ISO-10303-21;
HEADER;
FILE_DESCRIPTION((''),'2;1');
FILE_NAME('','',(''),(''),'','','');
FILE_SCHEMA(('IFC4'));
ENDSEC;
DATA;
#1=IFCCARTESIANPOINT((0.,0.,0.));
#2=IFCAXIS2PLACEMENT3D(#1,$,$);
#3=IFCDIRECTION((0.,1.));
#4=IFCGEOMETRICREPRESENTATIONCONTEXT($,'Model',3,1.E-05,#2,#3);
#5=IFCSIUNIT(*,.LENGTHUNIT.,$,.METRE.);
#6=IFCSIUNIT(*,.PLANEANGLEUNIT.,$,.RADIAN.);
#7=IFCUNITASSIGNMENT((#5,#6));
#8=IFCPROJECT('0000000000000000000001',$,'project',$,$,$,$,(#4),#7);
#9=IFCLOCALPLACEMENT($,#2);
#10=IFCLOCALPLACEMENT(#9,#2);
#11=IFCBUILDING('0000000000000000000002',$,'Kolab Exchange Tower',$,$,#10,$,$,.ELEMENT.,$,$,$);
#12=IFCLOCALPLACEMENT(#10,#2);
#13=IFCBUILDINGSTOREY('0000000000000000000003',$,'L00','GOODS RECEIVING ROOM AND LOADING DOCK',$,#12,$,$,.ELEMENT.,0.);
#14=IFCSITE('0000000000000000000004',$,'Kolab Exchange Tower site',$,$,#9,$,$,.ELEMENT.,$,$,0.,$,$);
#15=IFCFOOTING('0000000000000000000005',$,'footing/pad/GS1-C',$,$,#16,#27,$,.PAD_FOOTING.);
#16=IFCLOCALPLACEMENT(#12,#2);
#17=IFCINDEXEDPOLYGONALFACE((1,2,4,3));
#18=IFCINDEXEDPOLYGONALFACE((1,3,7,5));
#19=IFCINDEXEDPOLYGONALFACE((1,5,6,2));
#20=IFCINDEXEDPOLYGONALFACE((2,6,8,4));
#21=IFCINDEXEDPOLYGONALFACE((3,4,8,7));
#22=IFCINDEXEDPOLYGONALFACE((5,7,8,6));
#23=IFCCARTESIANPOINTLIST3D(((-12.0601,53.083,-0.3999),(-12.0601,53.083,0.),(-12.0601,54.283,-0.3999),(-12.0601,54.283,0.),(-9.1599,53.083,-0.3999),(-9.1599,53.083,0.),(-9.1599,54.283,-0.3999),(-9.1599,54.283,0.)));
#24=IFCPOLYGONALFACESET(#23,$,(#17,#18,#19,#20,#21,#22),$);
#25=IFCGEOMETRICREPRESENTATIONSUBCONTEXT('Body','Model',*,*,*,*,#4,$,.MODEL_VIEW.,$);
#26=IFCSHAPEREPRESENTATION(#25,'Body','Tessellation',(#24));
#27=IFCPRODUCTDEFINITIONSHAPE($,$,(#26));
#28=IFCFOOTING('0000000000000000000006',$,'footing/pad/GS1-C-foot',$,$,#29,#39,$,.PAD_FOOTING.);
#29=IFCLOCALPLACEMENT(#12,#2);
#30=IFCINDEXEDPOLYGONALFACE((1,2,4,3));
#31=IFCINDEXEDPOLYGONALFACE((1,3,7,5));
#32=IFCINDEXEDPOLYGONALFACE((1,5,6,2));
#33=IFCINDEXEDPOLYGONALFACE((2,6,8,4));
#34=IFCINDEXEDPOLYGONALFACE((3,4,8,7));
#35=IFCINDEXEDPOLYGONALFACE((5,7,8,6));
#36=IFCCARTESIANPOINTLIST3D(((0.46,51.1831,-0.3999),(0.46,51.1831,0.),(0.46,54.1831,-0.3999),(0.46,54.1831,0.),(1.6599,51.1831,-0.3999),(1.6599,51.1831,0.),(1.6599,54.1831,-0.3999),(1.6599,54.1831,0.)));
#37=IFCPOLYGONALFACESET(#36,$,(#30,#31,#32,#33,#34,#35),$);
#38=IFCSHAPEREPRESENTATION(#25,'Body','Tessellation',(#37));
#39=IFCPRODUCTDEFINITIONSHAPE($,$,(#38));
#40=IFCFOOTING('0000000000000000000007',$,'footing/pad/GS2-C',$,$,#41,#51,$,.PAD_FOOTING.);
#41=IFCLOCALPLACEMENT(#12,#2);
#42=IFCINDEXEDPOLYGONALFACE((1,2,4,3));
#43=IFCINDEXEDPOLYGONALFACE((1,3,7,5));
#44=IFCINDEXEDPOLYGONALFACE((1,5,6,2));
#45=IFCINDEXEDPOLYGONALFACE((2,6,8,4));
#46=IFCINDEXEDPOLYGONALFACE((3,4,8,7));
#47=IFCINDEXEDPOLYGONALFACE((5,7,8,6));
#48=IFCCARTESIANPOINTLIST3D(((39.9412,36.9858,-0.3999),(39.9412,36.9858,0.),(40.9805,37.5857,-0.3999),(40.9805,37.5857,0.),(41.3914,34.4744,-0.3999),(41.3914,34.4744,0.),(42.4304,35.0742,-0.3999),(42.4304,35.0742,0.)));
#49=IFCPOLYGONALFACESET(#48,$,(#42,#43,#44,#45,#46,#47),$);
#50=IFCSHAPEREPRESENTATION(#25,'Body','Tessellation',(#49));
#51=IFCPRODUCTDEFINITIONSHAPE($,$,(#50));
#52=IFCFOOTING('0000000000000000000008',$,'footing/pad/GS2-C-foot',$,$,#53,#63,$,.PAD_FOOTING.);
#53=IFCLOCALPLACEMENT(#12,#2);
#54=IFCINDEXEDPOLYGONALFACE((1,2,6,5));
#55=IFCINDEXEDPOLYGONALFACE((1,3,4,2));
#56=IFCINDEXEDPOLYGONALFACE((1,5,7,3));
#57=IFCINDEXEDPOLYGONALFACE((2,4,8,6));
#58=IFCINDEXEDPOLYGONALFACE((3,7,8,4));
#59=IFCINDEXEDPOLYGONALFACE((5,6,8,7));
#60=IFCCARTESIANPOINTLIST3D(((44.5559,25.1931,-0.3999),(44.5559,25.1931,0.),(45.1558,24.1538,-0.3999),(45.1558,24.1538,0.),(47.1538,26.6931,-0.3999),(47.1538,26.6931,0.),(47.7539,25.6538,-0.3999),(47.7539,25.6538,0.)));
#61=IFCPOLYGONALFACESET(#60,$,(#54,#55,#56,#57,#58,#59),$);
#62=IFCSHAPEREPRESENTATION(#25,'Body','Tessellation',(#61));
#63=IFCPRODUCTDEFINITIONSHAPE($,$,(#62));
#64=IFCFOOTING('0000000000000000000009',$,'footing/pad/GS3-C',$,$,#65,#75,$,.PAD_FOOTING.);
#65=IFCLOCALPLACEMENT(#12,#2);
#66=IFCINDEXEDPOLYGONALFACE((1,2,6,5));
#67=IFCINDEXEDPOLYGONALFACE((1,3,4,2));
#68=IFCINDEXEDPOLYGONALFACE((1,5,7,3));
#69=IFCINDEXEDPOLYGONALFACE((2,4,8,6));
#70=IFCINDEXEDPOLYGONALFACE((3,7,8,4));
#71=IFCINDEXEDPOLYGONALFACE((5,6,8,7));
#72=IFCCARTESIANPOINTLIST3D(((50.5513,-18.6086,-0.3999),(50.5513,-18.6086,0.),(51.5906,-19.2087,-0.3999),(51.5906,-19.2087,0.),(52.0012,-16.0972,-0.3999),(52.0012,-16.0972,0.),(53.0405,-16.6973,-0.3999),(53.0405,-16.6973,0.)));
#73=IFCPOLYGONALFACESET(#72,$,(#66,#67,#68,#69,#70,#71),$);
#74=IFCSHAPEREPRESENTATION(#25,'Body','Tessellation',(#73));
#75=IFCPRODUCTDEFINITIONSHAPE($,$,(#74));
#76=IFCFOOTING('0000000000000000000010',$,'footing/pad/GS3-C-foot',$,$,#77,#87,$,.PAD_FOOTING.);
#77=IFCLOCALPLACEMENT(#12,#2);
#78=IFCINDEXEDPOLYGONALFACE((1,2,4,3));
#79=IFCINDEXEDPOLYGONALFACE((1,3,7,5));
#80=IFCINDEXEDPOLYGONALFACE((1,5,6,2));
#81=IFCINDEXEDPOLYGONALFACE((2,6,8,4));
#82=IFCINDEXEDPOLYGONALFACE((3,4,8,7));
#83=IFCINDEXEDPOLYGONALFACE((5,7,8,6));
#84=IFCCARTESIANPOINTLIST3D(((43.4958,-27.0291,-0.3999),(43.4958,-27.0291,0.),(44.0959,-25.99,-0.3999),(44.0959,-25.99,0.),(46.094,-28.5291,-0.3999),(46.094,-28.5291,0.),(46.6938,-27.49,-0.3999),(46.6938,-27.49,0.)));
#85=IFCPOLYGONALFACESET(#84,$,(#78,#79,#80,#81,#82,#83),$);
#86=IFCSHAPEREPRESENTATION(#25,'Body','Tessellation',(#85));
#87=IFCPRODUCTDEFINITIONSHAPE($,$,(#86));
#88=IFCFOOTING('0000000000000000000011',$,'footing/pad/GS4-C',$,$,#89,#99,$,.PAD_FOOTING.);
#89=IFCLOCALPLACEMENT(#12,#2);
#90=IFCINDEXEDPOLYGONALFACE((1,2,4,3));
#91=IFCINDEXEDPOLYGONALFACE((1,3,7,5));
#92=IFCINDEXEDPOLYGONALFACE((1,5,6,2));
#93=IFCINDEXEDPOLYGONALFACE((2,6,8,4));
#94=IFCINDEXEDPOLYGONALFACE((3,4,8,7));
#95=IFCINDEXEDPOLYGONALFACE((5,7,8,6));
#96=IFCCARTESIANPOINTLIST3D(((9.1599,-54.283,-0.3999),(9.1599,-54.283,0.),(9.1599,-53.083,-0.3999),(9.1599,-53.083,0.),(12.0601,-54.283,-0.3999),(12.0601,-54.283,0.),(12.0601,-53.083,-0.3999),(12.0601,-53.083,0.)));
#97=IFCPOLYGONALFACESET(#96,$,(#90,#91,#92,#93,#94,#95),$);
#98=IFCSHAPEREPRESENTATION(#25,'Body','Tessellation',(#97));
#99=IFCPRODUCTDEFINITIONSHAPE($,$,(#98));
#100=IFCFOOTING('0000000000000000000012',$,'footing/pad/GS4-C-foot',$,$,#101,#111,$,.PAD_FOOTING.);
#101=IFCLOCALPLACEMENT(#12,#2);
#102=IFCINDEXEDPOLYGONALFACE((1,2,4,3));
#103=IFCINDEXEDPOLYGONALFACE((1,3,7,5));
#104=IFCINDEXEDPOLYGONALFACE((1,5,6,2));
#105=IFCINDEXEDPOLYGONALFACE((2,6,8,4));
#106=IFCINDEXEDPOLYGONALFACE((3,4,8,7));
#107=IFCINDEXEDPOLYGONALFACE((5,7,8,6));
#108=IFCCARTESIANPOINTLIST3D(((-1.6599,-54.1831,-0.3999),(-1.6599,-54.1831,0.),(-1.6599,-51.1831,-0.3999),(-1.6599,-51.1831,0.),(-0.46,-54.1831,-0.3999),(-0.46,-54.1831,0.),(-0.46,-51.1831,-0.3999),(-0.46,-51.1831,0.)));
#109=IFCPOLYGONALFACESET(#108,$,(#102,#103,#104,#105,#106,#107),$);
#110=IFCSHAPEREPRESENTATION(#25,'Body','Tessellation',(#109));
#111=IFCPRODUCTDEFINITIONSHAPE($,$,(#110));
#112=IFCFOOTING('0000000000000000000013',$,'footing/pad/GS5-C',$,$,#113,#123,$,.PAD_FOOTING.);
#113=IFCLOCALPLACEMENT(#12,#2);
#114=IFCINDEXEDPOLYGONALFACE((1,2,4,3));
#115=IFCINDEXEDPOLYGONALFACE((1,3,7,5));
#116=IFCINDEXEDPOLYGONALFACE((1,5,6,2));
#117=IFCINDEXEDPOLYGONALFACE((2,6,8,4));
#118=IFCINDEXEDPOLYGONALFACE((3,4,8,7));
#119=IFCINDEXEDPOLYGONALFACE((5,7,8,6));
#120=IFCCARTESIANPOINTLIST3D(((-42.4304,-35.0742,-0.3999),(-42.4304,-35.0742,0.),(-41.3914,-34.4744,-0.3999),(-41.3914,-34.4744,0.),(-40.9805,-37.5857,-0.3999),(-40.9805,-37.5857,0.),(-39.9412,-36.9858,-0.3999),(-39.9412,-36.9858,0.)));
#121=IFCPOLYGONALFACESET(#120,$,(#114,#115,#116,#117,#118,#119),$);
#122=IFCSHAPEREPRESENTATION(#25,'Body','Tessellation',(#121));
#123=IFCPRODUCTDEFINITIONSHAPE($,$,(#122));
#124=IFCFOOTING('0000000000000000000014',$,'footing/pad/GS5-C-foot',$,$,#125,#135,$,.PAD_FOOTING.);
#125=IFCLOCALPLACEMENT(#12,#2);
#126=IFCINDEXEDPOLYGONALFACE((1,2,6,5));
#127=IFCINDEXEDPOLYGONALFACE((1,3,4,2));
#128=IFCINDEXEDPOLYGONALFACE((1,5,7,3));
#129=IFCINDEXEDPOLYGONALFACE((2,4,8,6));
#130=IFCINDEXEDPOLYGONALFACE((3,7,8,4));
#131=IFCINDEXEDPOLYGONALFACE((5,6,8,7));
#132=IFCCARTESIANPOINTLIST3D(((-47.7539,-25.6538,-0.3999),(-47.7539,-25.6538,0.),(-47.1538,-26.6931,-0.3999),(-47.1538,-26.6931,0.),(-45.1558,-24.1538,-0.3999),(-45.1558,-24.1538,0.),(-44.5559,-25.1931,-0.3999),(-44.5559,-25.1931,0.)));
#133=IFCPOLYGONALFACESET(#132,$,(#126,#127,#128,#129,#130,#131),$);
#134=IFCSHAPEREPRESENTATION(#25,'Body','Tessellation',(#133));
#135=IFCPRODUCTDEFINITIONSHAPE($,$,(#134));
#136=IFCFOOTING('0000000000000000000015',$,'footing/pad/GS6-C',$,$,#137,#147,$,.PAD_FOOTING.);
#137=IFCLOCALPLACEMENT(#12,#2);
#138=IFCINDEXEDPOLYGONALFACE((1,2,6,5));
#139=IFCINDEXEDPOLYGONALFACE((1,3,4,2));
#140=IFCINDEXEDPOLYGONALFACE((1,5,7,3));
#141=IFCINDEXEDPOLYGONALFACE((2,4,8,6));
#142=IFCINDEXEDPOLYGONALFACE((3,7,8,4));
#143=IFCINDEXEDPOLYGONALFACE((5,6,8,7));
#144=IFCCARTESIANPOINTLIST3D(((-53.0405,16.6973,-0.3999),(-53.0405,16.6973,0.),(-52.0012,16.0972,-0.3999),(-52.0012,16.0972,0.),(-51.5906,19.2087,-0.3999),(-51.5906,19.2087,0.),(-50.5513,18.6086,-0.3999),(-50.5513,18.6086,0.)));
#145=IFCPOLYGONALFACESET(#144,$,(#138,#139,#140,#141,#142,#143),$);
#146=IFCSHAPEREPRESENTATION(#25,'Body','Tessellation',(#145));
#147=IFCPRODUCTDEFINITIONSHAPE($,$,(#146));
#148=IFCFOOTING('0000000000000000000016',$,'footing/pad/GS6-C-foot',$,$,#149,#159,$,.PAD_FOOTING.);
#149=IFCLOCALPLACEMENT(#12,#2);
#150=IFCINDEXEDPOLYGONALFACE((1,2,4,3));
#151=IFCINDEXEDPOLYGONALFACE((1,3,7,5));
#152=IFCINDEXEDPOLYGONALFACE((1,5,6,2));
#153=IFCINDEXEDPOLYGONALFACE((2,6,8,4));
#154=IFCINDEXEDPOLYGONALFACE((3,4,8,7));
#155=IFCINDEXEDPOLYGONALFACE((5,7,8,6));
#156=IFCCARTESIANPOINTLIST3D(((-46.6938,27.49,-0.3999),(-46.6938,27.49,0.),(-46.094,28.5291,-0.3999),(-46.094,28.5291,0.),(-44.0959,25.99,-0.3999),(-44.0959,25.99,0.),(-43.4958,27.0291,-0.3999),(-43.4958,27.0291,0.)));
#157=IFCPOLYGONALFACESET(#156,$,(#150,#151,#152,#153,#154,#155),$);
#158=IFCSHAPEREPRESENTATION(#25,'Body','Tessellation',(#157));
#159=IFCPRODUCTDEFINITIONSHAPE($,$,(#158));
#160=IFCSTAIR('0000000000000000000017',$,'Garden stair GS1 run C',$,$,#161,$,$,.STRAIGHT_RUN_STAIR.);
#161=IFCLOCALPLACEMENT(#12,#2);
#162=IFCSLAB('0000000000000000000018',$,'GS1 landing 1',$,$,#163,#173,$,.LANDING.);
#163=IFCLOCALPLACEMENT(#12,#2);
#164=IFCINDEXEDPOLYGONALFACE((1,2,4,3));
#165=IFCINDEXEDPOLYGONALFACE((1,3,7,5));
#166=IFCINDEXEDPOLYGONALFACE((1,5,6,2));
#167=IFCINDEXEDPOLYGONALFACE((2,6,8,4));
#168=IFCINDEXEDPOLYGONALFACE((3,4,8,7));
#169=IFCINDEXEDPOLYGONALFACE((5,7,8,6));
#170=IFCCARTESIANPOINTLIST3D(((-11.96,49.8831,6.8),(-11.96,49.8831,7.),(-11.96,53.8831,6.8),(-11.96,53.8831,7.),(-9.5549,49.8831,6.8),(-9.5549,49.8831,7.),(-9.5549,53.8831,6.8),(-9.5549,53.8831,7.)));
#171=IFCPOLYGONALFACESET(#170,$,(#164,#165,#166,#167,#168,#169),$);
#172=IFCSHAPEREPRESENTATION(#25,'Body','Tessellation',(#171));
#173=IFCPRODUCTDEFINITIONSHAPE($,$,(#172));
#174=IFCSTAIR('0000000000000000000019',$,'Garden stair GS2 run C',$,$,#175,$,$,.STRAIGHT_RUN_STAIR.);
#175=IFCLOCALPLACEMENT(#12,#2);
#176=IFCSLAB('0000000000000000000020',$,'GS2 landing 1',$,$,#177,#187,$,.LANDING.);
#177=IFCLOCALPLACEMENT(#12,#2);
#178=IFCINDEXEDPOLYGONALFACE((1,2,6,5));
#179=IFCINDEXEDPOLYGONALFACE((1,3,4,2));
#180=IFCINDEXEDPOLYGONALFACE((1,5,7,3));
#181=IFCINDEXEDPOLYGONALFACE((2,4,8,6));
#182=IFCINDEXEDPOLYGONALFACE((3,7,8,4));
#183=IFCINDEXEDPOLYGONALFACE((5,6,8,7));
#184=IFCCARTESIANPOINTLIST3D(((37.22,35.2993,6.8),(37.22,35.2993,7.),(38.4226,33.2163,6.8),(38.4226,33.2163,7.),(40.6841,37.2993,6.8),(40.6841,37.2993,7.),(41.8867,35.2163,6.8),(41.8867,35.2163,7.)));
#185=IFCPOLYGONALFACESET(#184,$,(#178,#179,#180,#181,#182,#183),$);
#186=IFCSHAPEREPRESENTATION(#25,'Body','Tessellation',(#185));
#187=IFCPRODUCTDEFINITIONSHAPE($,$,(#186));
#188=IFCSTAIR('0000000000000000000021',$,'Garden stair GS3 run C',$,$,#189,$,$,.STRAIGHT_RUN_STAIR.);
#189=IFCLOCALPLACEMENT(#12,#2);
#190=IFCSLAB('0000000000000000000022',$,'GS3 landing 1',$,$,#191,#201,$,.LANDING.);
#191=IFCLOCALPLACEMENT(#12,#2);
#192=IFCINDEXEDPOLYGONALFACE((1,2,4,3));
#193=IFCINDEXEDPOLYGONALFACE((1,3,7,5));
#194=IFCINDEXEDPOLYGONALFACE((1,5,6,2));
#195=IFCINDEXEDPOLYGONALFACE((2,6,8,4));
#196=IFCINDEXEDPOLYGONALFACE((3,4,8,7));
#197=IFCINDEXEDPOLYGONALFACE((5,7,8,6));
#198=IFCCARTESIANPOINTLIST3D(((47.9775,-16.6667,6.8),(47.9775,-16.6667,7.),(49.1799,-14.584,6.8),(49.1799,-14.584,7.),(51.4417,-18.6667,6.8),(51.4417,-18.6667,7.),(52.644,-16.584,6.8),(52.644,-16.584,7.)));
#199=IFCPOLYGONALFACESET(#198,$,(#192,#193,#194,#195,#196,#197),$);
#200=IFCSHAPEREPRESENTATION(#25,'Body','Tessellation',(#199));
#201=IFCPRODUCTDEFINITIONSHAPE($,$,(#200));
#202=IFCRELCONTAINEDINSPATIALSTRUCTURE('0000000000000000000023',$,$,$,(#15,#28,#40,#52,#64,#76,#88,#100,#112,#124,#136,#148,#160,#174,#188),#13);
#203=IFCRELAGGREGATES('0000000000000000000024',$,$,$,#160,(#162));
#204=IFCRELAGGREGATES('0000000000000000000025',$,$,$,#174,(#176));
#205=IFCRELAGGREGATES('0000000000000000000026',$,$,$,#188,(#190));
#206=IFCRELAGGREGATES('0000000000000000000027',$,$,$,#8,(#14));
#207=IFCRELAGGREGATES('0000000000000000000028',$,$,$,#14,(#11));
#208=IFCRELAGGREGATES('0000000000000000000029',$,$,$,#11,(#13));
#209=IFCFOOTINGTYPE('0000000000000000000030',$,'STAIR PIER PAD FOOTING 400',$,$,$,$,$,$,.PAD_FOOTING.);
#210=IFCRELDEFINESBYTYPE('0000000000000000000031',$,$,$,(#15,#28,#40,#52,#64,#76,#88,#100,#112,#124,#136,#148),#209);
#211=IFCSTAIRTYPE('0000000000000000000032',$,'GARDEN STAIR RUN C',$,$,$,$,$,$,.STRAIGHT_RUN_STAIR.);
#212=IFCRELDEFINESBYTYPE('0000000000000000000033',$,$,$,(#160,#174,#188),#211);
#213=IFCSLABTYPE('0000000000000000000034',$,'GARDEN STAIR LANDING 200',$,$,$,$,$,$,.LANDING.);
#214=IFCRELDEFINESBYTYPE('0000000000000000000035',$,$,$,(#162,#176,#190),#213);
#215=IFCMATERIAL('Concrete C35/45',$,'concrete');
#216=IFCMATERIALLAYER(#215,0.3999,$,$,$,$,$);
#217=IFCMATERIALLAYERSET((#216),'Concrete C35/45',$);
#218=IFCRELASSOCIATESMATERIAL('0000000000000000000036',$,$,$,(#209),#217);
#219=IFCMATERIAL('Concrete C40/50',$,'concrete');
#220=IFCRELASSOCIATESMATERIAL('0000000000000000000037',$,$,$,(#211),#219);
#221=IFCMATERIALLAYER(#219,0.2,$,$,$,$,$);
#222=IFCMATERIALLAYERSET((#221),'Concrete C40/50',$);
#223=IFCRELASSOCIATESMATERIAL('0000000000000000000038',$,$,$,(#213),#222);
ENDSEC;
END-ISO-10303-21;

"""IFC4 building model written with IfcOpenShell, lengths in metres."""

from ifc_helpers import new_model, si_unit, direction, frame, origin, place, context, subcontext, project, spatial, polyline, outline, extrude, material, layer, layer_set, type_object, element, aggregate, save


model = new_model("IFC4")

# Units and contexts
model_context = context("Model", 3, precision=1e-05, world=origin(), true_north=direction((0.0, 1.0)))
body_context = subcontext(model_context, "Body", "Model", "MODEL_VIEW")
ifc_project = project(units=[si_unit("LENGTHUNIT", "METRE"), si_unit("PLANEANGLEUNIT", "RADIAN")], contexts=[model_context])

# Site, building, storey
site_placement = place(None, origin())
site = spatial("IfcSite", under=ifc_project, at=site_placement, Name="Kolab Exchange Tower site", CompositionType="ELEMENT", RefElevation=0.0)
building_placement = place(site_placement, origin())
building = spatial("IfcBuilding", under=site, at=building_placement, Name="Kolab Exchange Tower", CompositionType="ELEMENT")
storey_placement = place(building_placement, origin())
storey = spatial("IfcBuildingStorey", under=building, at=storey_placement, Name="L00", Description="GOODS RECEIVING ROOM AND LOADING DOCK", CompositionType="ELEMENT", Elevation=0.0)

# Footings
ifc_material_1 = material(Name="Concrete C35/45", Category="concrete")
ifc_layer_1 = layer(ifc_material_1, 0.3999)
ifc_layer_set_1 = layer_set([ifc_layer_1], Name="Concrete C35/45")
footing_type = type_object("IfcFootingType", Name="STAIR PIER PAD FOOTING 400", PredefinedType="PAD_FOOTING", material=ifc_layer_set_1)
footing_1_placement = place(storey_placement, frame((0.0, 0.0, -0.3999)))
element("IfcFooting", 1, at=footing_1_placement, inside=storey, type_object=footing_type, Name="footing/pad/GS1-C", PredefinedType="PAD_FOOTING", context=body_context, shape_type="SweptSolid", body=[
    extrude(outline(polyline([(-12.0601, 54.283), (-12.0601, 53.083), (-9.1599, 53.083), (-9.1599, 54.283), (-12.0601, 54.283)])), origin(), (0.0, 0.0, 1.0), 0.3999),
])
footing_2_placement = place(storey_placement, frame((0.0, 0.0, -0.3999)))
element("IfcFooting", 2, at=footing_2_placement, inside=storey, type_object=footing_type, Name="footing/pad/GS1-C-foot", PredefinedType="PAD_FOOTING", context=body_context, shape_type="SweptSolid", body=[
    extrude(outline(polyline([(0.46, 51.1831), (1.6599, 51.1831), (1.6599, 54.1831), (0.46, 54.1831), (0.46, 51.1831)])), origin(), (0.0, 0.0, 1.0), 0.3999),
])
footing_3_placement = place(storey_placement, frame((0.0, 0.0, -0.3999)))
element("IfcFooting", 3, at=footing_3_placement, inside=storey, type_object=footing_type, Name="footing/pad/GS2-C", PredefinedType="PAD_FOOTING", context=body_context, shape_type="SweptSolid", body=[
    extrude(outline(polyline([(40.9805, 37.5857), (39.9412, 36.9858), (41.3914, 34.4744), (42.4304, 35.0742), (40.9805, 37.5857)])), origin(), (0.0, 0.0, 1.0), 0.3999),
])
footing_4_placement = place(storey_placement, frame((0.0, 0.0, -0.3999)))
element("IfcFooting", 4, at=footing_4_placement, inside=storey, type_object=footing_type, Name="footing/pad/GS2-C-foot", PredefinedType="PAD_FOOTING", context=body_context, shape_type="SweptSolid", body=[
    extrude(outline(polyline([(44.5559, 25.1931), (45.1558, 24.1538), (47.7539, 25.6538), (47.1538, 26.6931), (44.5559, 25.1931)])), origin(), (0.0, 0.0, 1.0), 0.3999),
])
footing_5_placement = place(storey_placement, frame((0.0, 0.0, -0.3999)))
element("IfcFooting", 5, at=footing_5_placement, inside=storey, type_object=footing_type, Name="footing/pad/GS3-C", PredefinedType="PAD_FOOTING", context=body_context, shape_type="SweptSolid", body=[
    extrude(outline(polyline([(53.0405, -16.6973), (52.0012, -16.0972), (50.5513, -18.6086), (51.5906, -19.2087), (53.0405, -16.6973)])), origin(), (0.0, 0.0, 1.0), 0.3999),
])
footing_6_placement = place(storey_placement, frame((0.0, 0.0, -0.3999)))
element("IfcFooting", 6, at=footing_6_placement, inside=storey, type_object=footing_type, Name="footing/pad/GS3-C-foot", PredefinedType="PAD_FOOTING", context=body_context, shape_type="SweptSolid", body=[
    extrude(outline(polyline([(44.0959, -25.99), (43.4958, -27.0291), (46.094, -28.5291), (46.6938, -27.49), (44.0959, -25.99)])), origin(), (0.0, 0.0, 1.0), 0.3999),
])
footing_7_placement = place(storey_placement, frame((0.0, 0.0, -0.3999)))
element("IfcFooting", 7, at=footing_7_placement, inside=storey, type_object=footing_type, Name="footing/pad/GS4-C", PredefinedType="PAD_FOOTING", context=body_context, shape_type="SweptSolid", body=[
    extrude(outline(polyline([(12.0601, -54.283), (12.0601, -53.083), (9.1599, -53.083), (9.1599, -54.283), (12.0601, -54.283)])), origin(), (0.0, 0.0, 1.0), 0.3999),
])
footing_8_placement = place(storey_placement, frame((0.0, 0.0, -0.3999)))
element("IfcFooting", 8, at=footing_8_placement, inside=storey, type_object=footing_type, Name="footing/pad/GS4-C-foot", PredefinedType="PAD_FOOTING", context=body_context, shape_type="SweptSolid", body=[
    extrude(outline(polyline([(-0.46, -51.1831), (-1.6599, -51.1831), (-1.6599, -54.1831), (-0.46, -54.1831), (-0.46, -51.1831)])), origin(), (0.0, 0.0, 1.0), 0.3999),
])
footing_9_placement = place(storey_placement, frame((0.0, 0.0, -0.3999)))
element("IfcFooting", 9, at=footing_9_placement, inside=storey, type_object=footing_type, Name="footing/pad/GS5-C", PredefinedType="PAD_FOOTING", context=body_context, shape_type="SweptSolid", body=[
    extrude(outline(polyline([(-40.9805, -37.5857), (-39.9412, -36.9858), (-41.3914, -34.4744), (-42.4304, -35.0742), (-40.9805, -37.5857)])), origin(), (0.0, 0.0, 1.0), 0.3999),
])
footing_10_placement = place(storey_placement, frame((0.0, 0.0, -0.3999)))
element("IfcFooting", 10, at=footing_10_placement, inside=storey, type_object=footing_type, Name="footing/pad/GS5-C-foot", PredefinedType="PAD_FOOTING", context=body_context, shape_type="SweptSolid", body=[
    extrude(outline(polyline([(-44.5559, -25.1931), (-45.1558, -24.1538), (-47.7539, -25.6538), (-47.1538, -26.6931), (-44.5559, -25.1931)])), origin(), (0.0, 0.0, 1.0), 0.3999),
])
footing_11_placement = place(storey_placement, frame((0.0, 0.0, -0.3999)))
element("IfcFooting", 11, at=footing_11_placement, inside=storey, type_object=footing_type, Name="footing/pad/GS6-C", PredefinedType="PAD_FOOTING", context=body_context, shape_type="SweptSolid", body=[
    extrude(outline(polyline([(-53.0405, 16.6973), (-52.0012, 16.0972), (-50.5513, 18.6086), (-51.5906, 19.2087), (-53.0405, 16.6973)])), origin(), (0.0, 0.0, 1.0), 0.3999),
])
footing_12_placement = place(storey_placement, frame((0.0, 0.0, -0.3999)))
element("IfcFooting", 12, at=footing_12_placement, inside=storey, type_object=footing_type, Name="footing/pad/GS6-C-foot", PredefinedType="PAD_FOOTING", context=body_context, shape_type="SweptSolid", body=[
    extrude(outline(polyline([(-44.0959, 25.99), (-43.4958, 27.0291), (-46.094, 28.5291), (-46.6938, 27.49), (-44.0959, 25.99)])), origin(), (0.0, 0.0, 1.0), 0.3999),
])

# Stairs, slabs
ifc_material_2 = material(Name="Concrete C40/50", Category="concrete")
stair_type = type_object("IfcStairType", Name="GARDEN STAIR RUN C", PredefinedType="STRAIGHT_RUN_STAIR", material=ifc_material_2)
stair_1_placement = place(storey_placement, origin())
stair_1 = element("IfcStair", 13, at=stair_1_placement, inside=storey, type_object=stair_type, Name="Garden stair GS1 run C", PredefinedType="STRAIGHT_RUN_STAIR")
ifc_layer_2 = layer(ifc_material_2, 0.2)
ifc_layer_set_2 = layer_set([ifc_layer_2], Name="Concrete C40/50")
slab_type_1 = type_object("IfcSlabType", Name="GARDEN STAIR LANDING 200", PredefinedType="LANDING", material=ifc_layer_set_2)
slab_1_placement = place(storey_placement, frame((0.0, 0.0, 6.8)))
slab_1 = element("IfcSlab", 14, at=slab_1_placement, type_object=slab_type_1, Name="GS1 landing 1", PredefinedType="LANDING", context=body_context, shape_type="SweptSolid", body=[
    extrude(outline(polyline([(-11.96, 49.8831), (-9.5549, 49.8831), (-9.5549, 53.8831), (-11.96, 53.8831), (-11.96, 49.8831)])), origin(), (0.0, 0.0, 1.0), 0.2),
])
aggregate(stair_1, [slab_1])
stair_2_placement = place(storey_placement, origin())
stair_2 = element("IfcStair", 15, at=stair_2_placement, inside=storey, type_object=stair_type, Name="Garden stair GS2 run C", PredefinedType="STRAIGHT_RUN_STAIR")
slab_2_placement = place(storey_placement, frame((0.0, 0.0, 6.8)))
slab_2 = element("IfcSlab", 16, at=slab_2_placement, type_object=slab_type_1, Name="GS2 landing 1", PredefinedType="LANDING", context=body_context, shape_type="SweptSolid", body=[
    extrude(outline(polyline([(37.22, 35.2993), (38.4226, 33.2163), (41.8867, 35.2163), (40.6841, 37.2993), (37.22, 35.2993)])), origin(), (0.0, 0.0, 1.0), 0.2),
])
aggregate(stair_2, [slab_2])
stair_3_placement = place(storey_placement, origin())
stair_3 = element("IfcStair", 17, at=stair_3_placement, inside=storey, type_object=stair_type, Name="Garden stair GS3 run C", PredefinedType="STRAIGHT_RUN_STAIR")
slab_3_placement = place(storey_placement, frame((0.0, 0.0, 6.8)))
slab_3 = element("IfcSlab", 18, at=slab_3_placement, type_object=slab_type_1, Name="GS3 landing 1", PredefinedType="LANDING", context=body_context, shape_type="SweptSolid", body=[
    extrude(outline(polyline([(49.1799, -14.584), (47.9775, -16.6667), (51.4417, -18.6667), (52.644, -16.584), (49.1799, -14.584)])), origin(), (0.0, 0.0, 1.0), 0.2),
])
aggregate(stair_3, [slab_3])

save(model, "model.ifc")
